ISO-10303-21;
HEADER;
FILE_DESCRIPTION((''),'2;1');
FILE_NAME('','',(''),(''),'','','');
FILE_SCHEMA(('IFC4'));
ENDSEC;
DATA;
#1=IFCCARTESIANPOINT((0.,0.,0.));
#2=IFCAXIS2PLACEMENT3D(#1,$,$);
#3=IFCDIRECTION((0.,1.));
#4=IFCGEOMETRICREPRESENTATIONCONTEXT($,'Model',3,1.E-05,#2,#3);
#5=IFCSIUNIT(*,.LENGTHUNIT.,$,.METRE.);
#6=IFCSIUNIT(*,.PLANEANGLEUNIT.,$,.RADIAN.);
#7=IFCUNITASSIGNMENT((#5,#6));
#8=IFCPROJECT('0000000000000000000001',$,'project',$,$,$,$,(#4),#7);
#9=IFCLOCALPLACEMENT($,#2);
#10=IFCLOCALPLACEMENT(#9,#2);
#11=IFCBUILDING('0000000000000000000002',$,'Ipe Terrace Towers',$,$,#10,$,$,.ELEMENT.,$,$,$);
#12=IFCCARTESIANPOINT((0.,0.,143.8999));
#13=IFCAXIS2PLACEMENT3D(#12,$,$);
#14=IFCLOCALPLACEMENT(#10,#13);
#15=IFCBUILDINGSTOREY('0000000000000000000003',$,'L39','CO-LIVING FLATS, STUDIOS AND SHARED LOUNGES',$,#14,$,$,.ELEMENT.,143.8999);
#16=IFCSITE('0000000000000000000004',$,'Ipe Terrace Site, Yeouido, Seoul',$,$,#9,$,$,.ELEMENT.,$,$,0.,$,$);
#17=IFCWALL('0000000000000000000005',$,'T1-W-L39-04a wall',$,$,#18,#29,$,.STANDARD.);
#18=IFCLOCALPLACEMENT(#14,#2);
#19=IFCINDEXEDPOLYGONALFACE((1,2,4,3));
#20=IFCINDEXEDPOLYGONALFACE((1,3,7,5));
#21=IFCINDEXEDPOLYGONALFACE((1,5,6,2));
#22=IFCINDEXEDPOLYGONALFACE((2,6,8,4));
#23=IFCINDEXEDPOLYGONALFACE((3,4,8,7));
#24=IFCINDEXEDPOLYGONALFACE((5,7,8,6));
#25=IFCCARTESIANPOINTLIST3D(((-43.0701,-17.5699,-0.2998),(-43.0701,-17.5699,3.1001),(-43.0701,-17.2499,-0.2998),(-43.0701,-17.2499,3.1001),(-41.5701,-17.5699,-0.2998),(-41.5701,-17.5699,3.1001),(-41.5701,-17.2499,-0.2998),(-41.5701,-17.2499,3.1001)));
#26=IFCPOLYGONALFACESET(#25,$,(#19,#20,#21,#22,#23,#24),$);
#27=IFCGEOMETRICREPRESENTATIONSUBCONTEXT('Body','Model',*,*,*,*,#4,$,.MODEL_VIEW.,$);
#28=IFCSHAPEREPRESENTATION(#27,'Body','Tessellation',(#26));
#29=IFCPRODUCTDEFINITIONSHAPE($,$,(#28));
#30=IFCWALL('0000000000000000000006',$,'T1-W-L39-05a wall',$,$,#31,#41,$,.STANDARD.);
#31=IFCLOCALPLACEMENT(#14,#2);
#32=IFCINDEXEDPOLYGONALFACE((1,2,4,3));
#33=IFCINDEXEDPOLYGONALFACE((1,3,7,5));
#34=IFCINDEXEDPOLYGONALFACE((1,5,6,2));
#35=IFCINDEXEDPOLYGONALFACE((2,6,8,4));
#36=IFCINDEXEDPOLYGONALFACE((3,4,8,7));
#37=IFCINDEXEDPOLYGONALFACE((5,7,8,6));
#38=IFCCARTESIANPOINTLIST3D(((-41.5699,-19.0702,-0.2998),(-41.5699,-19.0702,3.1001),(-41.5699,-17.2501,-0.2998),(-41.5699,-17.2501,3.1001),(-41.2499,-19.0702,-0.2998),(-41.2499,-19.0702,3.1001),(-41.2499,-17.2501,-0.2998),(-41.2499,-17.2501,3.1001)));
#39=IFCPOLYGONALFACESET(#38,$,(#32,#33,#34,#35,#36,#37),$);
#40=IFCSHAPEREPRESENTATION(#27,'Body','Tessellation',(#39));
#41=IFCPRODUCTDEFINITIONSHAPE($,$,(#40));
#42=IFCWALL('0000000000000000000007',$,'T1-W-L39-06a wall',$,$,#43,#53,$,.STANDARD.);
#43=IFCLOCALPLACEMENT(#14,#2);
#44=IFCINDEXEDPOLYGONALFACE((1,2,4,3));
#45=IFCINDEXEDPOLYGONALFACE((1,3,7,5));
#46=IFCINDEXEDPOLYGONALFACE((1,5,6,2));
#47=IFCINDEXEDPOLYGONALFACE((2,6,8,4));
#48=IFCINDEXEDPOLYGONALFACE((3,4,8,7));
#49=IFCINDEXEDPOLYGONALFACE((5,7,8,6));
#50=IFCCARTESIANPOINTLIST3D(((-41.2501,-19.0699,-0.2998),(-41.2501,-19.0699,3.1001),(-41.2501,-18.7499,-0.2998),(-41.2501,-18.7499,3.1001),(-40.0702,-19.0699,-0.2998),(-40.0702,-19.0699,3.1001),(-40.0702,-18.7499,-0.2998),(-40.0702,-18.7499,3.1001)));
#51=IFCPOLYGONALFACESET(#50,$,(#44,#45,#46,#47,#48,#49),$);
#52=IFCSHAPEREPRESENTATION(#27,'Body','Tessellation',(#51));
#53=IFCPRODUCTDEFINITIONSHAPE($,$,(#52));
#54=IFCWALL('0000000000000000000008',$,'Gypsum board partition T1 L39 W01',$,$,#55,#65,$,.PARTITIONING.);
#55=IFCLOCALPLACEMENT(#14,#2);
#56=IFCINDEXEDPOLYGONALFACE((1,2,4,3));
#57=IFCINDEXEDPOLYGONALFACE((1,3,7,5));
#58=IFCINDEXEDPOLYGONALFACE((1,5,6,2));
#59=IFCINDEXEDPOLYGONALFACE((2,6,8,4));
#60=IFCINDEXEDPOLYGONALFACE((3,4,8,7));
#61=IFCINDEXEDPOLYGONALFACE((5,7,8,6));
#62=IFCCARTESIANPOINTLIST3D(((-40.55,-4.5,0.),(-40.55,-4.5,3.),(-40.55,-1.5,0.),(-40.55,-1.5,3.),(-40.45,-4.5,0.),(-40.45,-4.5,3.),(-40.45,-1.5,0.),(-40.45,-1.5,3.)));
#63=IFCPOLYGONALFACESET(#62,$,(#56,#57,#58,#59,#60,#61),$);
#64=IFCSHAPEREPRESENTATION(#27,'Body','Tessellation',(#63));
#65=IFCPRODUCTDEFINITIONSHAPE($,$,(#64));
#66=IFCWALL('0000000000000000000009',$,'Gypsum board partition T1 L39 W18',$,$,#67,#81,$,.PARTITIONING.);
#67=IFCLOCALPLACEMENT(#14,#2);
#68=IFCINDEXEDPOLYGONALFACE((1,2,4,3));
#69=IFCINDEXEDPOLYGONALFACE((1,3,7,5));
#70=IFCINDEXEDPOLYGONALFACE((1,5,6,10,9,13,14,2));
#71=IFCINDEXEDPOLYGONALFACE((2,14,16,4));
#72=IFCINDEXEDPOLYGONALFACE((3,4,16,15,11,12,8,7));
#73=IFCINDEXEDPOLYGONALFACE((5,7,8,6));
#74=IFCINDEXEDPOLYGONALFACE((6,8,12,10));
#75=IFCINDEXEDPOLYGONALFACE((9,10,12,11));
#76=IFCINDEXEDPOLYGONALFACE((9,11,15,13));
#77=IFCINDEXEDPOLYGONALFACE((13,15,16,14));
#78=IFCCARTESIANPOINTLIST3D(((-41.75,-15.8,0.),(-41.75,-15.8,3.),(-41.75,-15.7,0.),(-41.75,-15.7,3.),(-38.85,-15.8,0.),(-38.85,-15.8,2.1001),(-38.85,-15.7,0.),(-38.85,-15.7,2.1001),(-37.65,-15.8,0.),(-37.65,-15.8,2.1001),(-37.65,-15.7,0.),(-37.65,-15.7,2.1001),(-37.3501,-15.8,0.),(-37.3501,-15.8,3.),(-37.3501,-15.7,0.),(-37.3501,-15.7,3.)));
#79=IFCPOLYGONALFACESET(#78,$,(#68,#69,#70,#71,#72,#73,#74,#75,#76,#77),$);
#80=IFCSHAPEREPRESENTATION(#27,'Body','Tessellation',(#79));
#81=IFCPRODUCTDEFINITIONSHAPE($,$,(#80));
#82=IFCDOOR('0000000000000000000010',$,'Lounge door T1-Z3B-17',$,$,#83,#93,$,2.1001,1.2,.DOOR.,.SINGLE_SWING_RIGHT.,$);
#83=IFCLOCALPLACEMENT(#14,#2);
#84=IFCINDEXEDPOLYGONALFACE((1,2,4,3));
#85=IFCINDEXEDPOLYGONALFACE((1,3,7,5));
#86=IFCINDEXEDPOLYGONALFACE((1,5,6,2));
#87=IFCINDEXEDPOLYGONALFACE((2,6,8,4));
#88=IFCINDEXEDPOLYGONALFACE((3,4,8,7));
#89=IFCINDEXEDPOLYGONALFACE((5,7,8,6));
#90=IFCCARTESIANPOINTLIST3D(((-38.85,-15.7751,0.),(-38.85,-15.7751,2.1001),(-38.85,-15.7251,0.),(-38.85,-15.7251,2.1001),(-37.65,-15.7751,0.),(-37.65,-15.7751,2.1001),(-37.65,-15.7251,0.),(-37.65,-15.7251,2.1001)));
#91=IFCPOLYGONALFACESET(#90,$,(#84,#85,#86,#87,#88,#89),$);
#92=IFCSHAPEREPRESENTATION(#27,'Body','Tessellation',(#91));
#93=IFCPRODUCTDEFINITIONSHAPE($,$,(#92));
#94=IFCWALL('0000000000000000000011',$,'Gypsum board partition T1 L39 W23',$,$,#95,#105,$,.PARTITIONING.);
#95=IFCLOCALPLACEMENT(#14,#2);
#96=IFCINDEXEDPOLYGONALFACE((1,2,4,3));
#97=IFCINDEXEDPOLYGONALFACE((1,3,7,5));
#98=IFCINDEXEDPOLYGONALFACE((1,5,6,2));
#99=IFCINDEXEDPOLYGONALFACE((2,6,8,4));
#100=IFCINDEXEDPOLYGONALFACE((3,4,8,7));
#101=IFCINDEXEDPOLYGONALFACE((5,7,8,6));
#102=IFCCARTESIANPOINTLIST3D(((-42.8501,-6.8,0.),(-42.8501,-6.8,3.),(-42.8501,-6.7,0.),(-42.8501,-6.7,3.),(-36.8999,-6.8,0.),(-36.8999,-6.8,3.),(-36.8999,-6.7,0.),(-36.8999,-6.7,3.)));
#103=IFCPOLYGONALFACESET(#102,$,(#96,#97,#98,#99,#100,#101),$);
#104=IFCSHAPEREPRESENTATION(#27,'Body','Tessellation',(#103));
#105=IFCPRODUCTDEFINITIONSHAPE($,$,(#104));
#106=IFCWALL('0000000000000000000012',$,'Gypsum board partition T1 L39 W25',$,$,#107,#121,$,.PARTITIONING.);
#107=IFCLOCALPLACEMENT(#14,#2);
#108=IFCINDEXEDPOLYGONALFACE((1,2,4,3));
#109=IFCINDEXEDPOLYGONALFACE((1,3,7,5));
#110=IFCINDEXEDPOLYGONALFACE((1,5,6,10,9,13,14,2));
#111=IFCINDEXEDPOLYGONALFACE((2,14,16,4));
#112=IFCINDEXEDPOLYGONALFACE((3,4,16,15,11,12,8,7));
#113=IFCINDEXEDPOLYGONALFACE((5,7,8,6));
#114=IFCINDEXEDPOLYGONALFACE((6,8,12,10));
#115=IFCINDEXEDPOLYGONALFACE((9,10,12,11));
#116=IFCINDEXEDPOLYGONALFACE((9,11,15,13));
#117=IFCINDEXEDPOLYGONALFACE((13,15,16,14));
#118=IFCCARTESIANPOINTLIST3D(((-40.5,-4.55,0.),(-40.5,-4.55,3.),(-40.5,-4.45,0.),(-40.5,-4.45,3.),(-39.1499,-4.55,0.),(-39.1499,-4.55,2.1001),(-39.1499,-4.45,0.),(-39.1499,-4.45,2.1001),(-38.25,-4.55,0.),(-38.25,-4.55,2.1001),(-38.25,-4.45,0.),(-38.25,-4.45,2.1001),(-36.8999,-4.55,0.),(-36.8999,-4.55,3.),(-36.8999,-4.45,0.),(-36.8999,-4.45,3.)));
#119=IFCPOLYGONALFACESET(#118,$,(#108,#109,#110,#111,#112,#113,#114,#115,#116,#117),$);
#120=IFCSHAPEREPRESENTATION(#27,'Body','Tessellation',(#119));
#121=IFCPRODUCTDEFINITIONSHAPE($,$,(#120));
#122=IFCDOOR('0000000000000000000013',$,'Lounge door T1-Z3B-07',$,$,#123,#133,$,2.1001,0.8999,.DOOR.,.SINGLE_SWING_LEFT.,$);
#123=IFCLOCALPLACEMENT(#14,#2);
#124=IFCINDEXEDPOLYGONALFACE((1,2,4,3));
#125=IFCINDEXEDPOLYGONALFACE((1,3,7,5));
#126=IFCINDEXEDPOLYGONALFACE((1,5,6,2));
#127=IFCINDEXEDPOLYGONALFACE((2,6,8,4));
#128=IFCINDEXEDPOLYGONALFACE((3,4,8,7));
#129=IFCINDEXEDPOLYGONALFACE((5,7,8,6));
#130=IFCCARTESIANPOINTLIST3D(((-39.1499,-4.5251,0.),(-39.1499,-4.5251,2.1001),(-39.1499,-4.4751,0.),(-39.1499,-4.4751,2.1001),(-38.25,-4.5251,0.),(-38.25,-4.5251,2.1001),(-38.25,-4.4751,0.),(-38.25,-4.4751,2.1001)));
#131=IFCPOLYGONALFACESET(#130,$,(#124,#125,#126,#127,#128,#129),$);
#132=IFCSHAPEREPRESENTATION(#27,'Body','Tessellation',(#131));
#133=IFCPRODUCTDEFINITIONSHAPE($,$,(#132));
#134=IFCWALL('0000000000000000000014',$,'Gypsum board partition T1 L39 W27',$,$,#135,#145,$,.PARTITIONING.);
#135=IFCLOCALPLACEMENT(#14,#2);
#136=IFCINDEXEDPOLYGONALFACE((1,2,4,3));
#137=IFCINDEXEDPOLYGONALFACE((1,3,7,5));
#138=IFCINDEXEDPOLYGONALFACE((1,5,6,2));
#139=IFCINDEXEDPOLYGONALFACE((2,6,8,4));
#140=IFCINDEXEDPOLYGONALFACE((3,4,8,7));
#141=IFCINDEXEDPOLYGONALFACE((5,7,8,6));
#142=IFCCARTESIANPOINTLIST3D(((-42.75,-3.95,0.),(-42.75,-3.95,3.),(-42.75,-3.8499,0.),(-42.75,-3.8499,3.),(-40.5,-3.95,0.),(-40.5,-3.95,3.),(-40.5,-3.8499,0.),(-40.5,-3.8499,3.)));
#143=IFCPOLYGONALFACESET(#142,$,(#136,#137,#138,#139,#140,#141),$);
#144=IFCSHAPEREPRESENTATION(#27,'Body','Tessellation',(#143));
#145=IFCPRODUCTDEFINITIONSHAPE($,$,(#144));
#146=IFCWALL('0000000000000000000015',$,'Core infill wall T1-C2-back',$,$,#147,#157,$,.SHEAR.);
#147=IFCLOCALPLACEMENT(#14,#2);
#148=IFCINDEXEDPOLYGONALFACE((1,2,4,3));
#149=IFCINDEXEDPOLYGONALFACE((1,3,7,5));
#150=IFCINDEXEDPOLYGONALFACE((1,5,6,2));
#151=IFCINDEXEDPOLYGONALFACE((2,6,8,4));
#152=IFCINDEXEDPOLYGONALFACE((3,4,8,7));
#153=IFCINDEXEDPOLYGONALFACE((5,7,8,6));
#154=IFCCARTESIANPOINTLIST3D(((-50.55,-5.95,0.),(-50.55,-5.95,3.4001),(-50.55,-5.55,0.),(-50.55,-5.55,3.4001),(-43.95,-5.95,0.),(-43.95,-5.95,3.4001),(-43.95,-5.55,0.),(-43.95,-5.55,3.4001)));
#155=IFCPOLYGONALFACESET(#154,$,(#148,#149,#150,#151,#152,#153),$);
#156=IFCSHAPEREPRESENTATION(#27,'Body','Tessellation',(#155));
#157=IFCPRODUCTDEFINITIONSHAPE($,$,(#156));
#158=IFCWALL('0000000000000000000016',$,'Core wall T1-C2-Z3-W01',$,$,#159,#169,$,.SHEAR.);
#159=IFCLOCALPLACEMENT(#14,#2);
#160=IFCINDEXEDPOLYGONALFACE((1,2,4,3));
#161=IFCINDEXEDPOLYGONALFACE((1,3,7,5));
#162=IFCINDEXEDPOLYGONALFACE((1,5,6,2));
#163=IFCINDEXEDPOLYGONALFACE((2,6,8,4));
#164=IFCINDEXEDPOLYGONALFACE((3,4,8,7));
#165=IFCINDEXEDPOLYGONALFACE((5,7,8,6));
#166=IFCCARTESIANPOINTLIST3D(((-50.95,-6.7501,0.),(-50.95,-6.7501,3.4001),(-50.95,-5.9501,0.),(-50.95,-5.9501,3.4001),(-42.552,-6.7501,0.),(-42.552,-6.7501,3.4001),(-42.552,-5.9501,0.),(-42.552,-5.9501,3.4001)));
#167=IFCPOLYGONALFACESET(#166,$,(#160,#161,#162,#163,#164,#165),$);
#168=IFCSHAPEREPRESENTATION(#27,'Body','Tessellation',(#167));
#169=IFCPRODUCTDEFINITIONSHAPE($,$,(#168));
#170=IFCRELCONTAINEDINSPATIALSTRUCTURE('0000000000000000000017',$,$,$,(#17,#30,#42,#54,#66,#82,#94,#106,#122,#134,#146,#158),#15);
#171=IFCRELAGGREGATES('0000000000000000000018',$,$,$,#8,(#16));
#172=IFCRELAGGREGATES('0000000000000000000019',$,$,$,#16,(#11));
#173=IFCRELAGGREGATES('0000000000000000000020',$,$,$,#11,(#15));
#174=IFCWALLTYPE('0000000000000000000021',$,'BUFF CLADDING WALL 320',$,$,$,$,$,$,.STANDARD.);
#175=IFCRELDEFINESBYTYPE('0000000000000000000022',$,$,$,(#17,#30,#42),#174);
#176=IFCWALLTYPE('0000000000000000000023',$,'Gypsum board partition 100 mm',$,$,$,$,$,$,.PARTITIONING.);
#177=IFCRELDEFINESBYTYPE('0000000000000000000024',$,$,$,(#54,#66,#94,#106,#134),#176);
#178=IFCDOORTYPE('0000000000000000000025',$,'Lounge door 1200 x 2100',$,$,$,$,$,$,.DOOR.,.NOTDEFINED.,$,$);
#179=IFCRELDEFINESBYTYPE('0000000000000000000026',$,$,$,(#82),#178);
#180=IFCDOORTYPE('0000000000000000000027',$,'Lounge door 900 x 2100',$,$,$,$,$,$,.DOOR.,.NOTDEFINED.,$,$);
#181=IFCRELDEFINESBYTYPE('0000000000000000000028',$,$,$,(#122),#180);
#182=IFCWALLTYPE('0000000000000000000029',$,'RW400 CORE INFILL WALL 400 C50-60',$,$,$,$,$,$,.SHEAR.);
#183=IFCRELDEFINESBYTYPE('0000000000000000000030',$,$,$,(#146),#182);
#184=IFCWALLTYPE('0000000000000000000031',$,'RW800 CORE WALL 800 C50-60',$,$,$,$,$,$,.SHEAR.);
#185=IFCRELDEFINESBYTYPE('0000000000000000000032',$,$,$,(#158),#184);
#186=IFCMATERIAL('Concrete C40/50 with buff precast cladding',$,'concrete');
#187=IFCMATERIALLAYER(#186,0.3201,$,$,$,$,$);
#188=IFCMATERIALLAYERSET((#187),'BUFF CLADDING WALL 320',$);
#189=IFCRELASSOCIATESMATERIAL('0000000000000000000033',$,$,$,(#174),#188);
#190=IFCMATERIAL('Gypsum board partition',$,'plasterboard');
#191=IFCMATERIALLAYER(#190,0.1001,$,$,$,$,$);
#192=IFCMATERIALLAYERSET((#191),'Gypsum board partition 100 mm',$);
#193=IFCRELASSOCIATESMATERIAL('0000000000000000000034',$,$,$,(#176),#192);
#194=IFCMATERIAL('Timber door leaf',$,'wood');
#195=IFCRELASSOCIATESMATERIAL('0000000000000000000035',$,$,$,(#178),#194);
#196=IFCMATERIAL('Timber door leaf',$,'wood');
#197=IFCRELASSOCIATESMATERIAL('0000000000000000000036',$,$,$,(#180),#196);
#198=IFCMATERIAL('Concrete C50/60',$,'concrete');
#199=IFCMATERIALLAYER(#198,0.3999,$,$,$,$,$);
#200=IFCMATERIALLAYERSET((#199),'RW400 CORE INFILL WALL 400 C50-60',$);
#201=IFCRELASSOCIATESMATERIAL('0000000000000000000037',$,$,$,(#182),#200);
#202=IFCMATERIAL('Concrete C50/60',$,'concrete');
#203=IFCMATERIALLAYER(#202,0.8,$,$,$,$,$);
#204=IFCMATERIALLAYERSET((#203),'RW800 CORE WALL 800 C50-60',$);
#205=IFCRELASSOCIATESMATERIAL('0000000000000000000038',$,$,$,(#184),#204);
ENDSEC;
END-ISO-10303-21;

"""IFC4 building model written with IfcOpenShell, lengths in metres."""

from ifc_helpers import new_model, si_unit, direction, frame, frame_2d, origin, place, context, subcontext, project, spatial, rectangle, extrude, material, layer, layer_set, type_object, element, fill, save


model = new_model("IFC4")

# Units and contexts
model_context = context("Model", 3, precision=1e-05, world=origin(), true_north=direction((0.0, 1.0)))
body_context = subcontext(model_context, "Body", "Model", "MODEL_VIEW")
ifc_project = project(units=[si_unit("LENGTHUNIT", "METRE"), si_unit("PLANEANGLEUNIT", "RADIAN")], contexts=[model_context])

# Site, building, storey
site_placement = place(None, origin())
site = spatial("IfcSite", under=ifc_project, at=site_placement, Name="Ipe Terrace Site, Yeouido, Seoul", CompositionType="ELEMENT", RefElevation=0.0)
building_placement = place(site_placement, origin())
building = spatial("IfcBuilding", under=site, at=building_placement, Name="Ipe Terrace Towers", CompositionType="ELEMENT")
storey_placement = place(building_placement, frame((0.0, 0.0, 143.8999)))
storey = spatial("IfcBuildingStorey", under=building, at=storey_placement, Name="L39", Description="CO-LIVING FLATS, STUDIOS AND SHARED LOUNGES", CompositionType="ELEMENT", Elevation=143.8999)

# Walls
ifc_material_1 = material(Name="Concrete C40/50 with buff precast cladding", Category="concrete")
ifc_layer_1 = layer(ifc_material_1, 0.3201)
ifc_layer_set_1 = layer_set([ifc_layer_1], Name="BUFF CLADDING WALL 320")
wall_type_1 = type_object("IfcWallType", Name="BUFF CLADDING WALL 320", PredefinedType="STANDARD", material=ifc_layer_set_1)
wall_1_placement = place(storey_placement, frame((-43.0701, -17.4099, -0.2998), z_axis=(0.0, 0.0, 1.0), x_axis=(1.0, 0.0, 0.0)))
element("IfcWall", 1, at=wall_1_placement, inside=storey, type_object=wall_type_1, Name="T1-W-L39-04a wall", PredefinedType="STANDARD", context=body_context, shape_type="SweptSolid", body=[
    extrude(rectangle(XDim=1.5, YDim=0.3201, at=frame_2d((0.75, 0.0))), origin(), (0.0, 0.0, 1.0), 3.3999),
])
wall_2_placement = place(storey_placement, frame((-41.4099, -17.25, -0.2998), z_axis=(0.0, 0.0, 1.0), x_axis=(0.0, -1.0, 0.0)))
element("IfcWall", 2, at=wall_2_placement, inside=storey, type_object=wall_type_1, Name="T1-W-L39-05a wall", PredefinedType="STANDARD", context=body_context, shape_type="SweptSolid", body=[
    extrude(rectangle(XDim=1.8201, YDim=0.3201, at=frame_2d((0.9102, 0.0))), origin(), (0.0, 0.0, 1.0), 3.3999),
])
wall_3_placement = place(storey_placement, frame((-41.25, -18.9099, -0.2998), z_axis=(0.0, 0.0, 1.0), x_axis=(1.0, 0.0, 0.0)))
element("IfcWall", 3, at=wall_3_placement, inside=storey, type_object=wall_type_1, Name="T1-W-L39-06a wall", PredefinedType="STANDARD", context=body_context, shape_type="SweptSolid", body=[
    extrude(rectangle(XDim=1.1799, YDim=0.3201, at=frame_2d((0.5898, 0.0))), origin(), (0.0, 0.0, 1.0), 3.3999),
])
ifc_material_2 = material(Name="Gypsum board partition", Category="plasterboard")
ifc_layer_2 = layer(ifc_material_2, 0.1001)
ifc_layer_set_2 = layer_set([ifc_layer_2], Name="Gypsum board partition 100 mm")
wall_type_2 = type_object("IfcWallType", Name="Gypsum board partition 100 mm", PredefinedType="PARTITIONING", material=ifc_layer_set_2)
wall_4_placement = place(storey_placement, frame((-40.5, -4.5, 0.0), z_axis=(0.0, 0.0, 1.0), x_axis=(0.0, 1.0, 0.0)))
element("IfcWall", 4, at=wall_4_placement, inside=storey, type_object=wall_type_2, Name="Gypsum board partition T1 L39 W01", PredefinedType="PARTITIONING", context=body_context, shape_type="SweptSolid", body=[
    extrude(rectangle(XDim=3.0, YDim=0.1001, at=frame_2d((1.5, 0.0))), origin(), (0.0, 0.0, 1.0), 3.0),
])

# Wall, opening, door
wall_5_placement = place(storey_placement, frame((-41.75, -15.75, 0.0), z_axis=(0.0, 0.0, 1.0), x_axis=(1.0, 0.0, 0.0)))
wall_5 = element("IfcWall", 5, at=wall_5_placement, inside=storey, type_object=wall_type_2, Name="Gypsum board partition T1 L39 W18", PredefinedType="PARTITIONING", context=body_context, shape_type="SweptSolid", body=[
    extrude(rectangle(XDim=4.3999, YDim=0.1001, at=frame_2d((2.2, 0.0))), origin(), (0.0, 0.0, 1.0), 3.0),
])
opening_1_placement = place(wall_5_placement, frame((2.8999, 0.0, 0.0)))
opening_1 = element("IfcOpeningElement", 6, at=opening_1_placement, cuts=wall_5, PredefinedType="OPENING", context=body_context, shape_type="SweptSolid", body=[
    extrude(rectangle(XDim=1.2, YDim=2.1001, at=frame_2d((0.6001, 1.05))), frame((0.0, 0.0601, 0.0), z_axis=(0.0, -1.0, 0.0), x_axis=(1.0, 0.0, 0.0)), (0.0, 0.0, 1.0), 0.1201),
])
ifc_material_3 = material(Name="Timber door leaf", Category="wood")
door_type_1 = type_object("IfcDoorType", Name="Lounge door 1200 x 2100", OperationType="NOTDEFINED", PredefinedType="DOOR", material=ifc_material_3)
door_1_placement = place(opening_1_placement, origin())
door_1 = element("IfcDoor", 7, at=door_1_placement, inside=storey, type_object=door_type_1, Name="Lounge door T1-Z3B-17", OperationType="SINGLE_SWING_RIGHT", OverallHeight=2.1001, OverallWidth=1.2, PredefinedType="DOOR", context=body_context, shape_type="SweptSolid", body=[
    extrude(rectangle(XDim=1.2, YDim=2.1001, at=frame_2d((0.6001, 1.05))), frame((0.0, 0.0249, 0.0), z_axis=(0.0, -1.0, 0.0), x_axis=(1.0, 0.0, 0.0)), (0.0, 0.0, 1.0), 0.05),
])
fill(opening_1, door_1)

# Wall
wall_6_placement = place(storey_placement, frame((-42.8501, -6.75, 0.0), z_axis=(0.0, 0.0, 1.0), x_axis=(1.0, 0.0, 0.0)))
element("IfcWall", 8, at=wall_6_placement, inside=storey, type_object=wall_type_2, Name="Gypsum board partition T1 L39 W23", PredefinedType="PARTITIONING", context=body_context, shape_type="SweptSolid", body=[
    extrude(rectangle(XDim=5.9502, YDim=0.1001, at=frame_2d((2.9751, 0.0))), origin(), (0.0, 0.0, 1.0), 3.0),
])

# Wall, opening, door
wall_7_placement = place(storey_placement, frame((-40.5, -4.5, 0.0), z_axis=(0.0, 0.0, 1.0), x_axis=(1.0, 0.0, 0.0)))
wall_7 = element("IfcWall", 9, at=wall_7_placement, inside=storey, type_object=wall_type_2, Name="Gypsum board partition T1 L39 W25", PredefinedType="PARTITIONING", context=body_context, shape_type="SweptSolid", body=[
    extrude(rectangle(XDim=3.6001, YDim=0.1001, at=frame_2d((1.8, 0.0))), origin(), (0.0, 0.0, 1.0), 3.0),
])
opening_2_placement = place(wall_7_placement, frame((1.3501, 0.0, 0.0)))
opening_2 = element("IfcOpeningElement", 10, at=opening_2_placement, cuts=wall_7, PredefinedType="OPENING", context=body_context, shape_type="SweptSolid", body=[
    extrude(rectangle(XDim=0.8999, YDim=2.1001, at=frame_2d((0.45, 1.05))), frame((0.0, 0.0601, 0.0), z_axis=(0.0, -1.0, 0.0), x_axis=(1.0, 0.0, 0.0)), (0.0, 0.0, 1.0), 0.1201),
])
ifc_material_4 = material(Name="Timber door leaf", Category="wood")
door_type_2 = type_object("IfcDoorType", Name="Lounge door 900 x 2100", OperationType="NOTDEFINED", PredefinedType="DOOR", material=ifc_material_4)
door_2_placement = place(opening_2_placement, origin())
door_2 = element("IfcDoor", 11, at=door_2_placement, inside=storey, type_object=door_type_2, Name="Lounge door T1-Z3B-07", OperationType="SINGLE_SWING_LEFT", OverallHeight=2.1001, OverallWidth=0.8999, PredefinedType="DOOR", context=body_context, shape_type="SweptSolid", body=[
    extrude(rectangle(XDim=0.8999, YDim=2.1001, at=frame_2d((0.45, 1.05))), frame((0.0, 0.0249, 0.0), z_axis=(0.0, -1.0, 0.0), x_axis=(1.0, 0.0, 0.0)), (0.0, 0.0, 1.0), 0.05),
])
fill(opening_2, door_2)

# Walls
wall_8_placement = place(storey_placement, frame((-42.75, -3.8999, 0.0), z_axis=(0.0, 0.0, 1.0), x_axis=(1.0, 0.0, 0.0)))
element("IfcWall", 12, at=wall_8_placement, inside=storey, type_object=wall_type_2, Name="Gypsum board partition T1 L39 W27", PredefinedType="PARTITIONING", context=body_context, shape_type="SweptSolid", body=[
    extrude(rectangle(XDim=2.25, YDim=0.1001, at=frame_2d((1.125, 0.0))), origin(), (0.0, 0.0, 1.0), 3.0),
])
ifc_material_5 = material(Name="Concrete C50/60", Category="concrete")
ifc_layer_3 = layer(ifc_material_5, 0.3999)
ifc_layer_set_3 = layer_set([ifc_layer_3], Name="RW400 CORE INFILL WALL 400 C50-60")
wall_type_3 = type_object("IfcWallType", Name="RW400 CORE INFILL WALL 400 C50-60", PredefinedType="SHEAR", material=ifc_layer_set_3)
wall_9_placement = place(storey_placement, frame((-43.95, -5.75, 0.0), z_axis=(0.0, 0.0, 1.0), x_axis=(-1.0, 0.0, 0.0)))
element("IfcWall", 13, at=wall_9_placement, inside=storey, type_object=wall_type_3, Name="Core infill wall T1-C2-back", PredefinedType="SHEAR", context=body_context, shape_type="SweptSolid", body=[
    extrude(rectangle(XDim=6.6001, YDim=0.3999, at=frame_2d((3.3, 0.0))), origin(), (0.0, 0.0, 1.0), 3.4001),
])
ifc_material_6 = material(Name="Concrete C50/60", Category="concrete")
ifc_layer_4 = layer(ifc_material_6, 0.8)
ifc_layer_set_4 = layer_set([ifc_layer_4], Name="RW800 CORE WALL 800 C50-60")
wall_type_4 = type_object("IfcWallType", Name="RW800 CORE WALL 800 C50-60", PredefinedType="SHEAR", material=ifc_layer_set_4)
wall_10_placement = place(storey_placement, frame((-50.95, -6.3501, 0.0), z_axis=(0.0, 0.0, 1.0), x_axis=(1.0, 0.0, 0.0)))
element("IfcWall", 14, at=wall_10_placement, inside=storey, type_object=wall_type_4, Name="Core wall T1-C2-Z3-W01", PredefinedType="SHEAR", context=body_context, shape_type="SweptSolid", body=[
    extrude(rectangle(XDim=8.3979, YDim=0.8, at=frame_2d((4.199, 0.0))), origin(), (0.0, 0.0, 1.0), 3.4001),
])

save(model, "model.ifc")
